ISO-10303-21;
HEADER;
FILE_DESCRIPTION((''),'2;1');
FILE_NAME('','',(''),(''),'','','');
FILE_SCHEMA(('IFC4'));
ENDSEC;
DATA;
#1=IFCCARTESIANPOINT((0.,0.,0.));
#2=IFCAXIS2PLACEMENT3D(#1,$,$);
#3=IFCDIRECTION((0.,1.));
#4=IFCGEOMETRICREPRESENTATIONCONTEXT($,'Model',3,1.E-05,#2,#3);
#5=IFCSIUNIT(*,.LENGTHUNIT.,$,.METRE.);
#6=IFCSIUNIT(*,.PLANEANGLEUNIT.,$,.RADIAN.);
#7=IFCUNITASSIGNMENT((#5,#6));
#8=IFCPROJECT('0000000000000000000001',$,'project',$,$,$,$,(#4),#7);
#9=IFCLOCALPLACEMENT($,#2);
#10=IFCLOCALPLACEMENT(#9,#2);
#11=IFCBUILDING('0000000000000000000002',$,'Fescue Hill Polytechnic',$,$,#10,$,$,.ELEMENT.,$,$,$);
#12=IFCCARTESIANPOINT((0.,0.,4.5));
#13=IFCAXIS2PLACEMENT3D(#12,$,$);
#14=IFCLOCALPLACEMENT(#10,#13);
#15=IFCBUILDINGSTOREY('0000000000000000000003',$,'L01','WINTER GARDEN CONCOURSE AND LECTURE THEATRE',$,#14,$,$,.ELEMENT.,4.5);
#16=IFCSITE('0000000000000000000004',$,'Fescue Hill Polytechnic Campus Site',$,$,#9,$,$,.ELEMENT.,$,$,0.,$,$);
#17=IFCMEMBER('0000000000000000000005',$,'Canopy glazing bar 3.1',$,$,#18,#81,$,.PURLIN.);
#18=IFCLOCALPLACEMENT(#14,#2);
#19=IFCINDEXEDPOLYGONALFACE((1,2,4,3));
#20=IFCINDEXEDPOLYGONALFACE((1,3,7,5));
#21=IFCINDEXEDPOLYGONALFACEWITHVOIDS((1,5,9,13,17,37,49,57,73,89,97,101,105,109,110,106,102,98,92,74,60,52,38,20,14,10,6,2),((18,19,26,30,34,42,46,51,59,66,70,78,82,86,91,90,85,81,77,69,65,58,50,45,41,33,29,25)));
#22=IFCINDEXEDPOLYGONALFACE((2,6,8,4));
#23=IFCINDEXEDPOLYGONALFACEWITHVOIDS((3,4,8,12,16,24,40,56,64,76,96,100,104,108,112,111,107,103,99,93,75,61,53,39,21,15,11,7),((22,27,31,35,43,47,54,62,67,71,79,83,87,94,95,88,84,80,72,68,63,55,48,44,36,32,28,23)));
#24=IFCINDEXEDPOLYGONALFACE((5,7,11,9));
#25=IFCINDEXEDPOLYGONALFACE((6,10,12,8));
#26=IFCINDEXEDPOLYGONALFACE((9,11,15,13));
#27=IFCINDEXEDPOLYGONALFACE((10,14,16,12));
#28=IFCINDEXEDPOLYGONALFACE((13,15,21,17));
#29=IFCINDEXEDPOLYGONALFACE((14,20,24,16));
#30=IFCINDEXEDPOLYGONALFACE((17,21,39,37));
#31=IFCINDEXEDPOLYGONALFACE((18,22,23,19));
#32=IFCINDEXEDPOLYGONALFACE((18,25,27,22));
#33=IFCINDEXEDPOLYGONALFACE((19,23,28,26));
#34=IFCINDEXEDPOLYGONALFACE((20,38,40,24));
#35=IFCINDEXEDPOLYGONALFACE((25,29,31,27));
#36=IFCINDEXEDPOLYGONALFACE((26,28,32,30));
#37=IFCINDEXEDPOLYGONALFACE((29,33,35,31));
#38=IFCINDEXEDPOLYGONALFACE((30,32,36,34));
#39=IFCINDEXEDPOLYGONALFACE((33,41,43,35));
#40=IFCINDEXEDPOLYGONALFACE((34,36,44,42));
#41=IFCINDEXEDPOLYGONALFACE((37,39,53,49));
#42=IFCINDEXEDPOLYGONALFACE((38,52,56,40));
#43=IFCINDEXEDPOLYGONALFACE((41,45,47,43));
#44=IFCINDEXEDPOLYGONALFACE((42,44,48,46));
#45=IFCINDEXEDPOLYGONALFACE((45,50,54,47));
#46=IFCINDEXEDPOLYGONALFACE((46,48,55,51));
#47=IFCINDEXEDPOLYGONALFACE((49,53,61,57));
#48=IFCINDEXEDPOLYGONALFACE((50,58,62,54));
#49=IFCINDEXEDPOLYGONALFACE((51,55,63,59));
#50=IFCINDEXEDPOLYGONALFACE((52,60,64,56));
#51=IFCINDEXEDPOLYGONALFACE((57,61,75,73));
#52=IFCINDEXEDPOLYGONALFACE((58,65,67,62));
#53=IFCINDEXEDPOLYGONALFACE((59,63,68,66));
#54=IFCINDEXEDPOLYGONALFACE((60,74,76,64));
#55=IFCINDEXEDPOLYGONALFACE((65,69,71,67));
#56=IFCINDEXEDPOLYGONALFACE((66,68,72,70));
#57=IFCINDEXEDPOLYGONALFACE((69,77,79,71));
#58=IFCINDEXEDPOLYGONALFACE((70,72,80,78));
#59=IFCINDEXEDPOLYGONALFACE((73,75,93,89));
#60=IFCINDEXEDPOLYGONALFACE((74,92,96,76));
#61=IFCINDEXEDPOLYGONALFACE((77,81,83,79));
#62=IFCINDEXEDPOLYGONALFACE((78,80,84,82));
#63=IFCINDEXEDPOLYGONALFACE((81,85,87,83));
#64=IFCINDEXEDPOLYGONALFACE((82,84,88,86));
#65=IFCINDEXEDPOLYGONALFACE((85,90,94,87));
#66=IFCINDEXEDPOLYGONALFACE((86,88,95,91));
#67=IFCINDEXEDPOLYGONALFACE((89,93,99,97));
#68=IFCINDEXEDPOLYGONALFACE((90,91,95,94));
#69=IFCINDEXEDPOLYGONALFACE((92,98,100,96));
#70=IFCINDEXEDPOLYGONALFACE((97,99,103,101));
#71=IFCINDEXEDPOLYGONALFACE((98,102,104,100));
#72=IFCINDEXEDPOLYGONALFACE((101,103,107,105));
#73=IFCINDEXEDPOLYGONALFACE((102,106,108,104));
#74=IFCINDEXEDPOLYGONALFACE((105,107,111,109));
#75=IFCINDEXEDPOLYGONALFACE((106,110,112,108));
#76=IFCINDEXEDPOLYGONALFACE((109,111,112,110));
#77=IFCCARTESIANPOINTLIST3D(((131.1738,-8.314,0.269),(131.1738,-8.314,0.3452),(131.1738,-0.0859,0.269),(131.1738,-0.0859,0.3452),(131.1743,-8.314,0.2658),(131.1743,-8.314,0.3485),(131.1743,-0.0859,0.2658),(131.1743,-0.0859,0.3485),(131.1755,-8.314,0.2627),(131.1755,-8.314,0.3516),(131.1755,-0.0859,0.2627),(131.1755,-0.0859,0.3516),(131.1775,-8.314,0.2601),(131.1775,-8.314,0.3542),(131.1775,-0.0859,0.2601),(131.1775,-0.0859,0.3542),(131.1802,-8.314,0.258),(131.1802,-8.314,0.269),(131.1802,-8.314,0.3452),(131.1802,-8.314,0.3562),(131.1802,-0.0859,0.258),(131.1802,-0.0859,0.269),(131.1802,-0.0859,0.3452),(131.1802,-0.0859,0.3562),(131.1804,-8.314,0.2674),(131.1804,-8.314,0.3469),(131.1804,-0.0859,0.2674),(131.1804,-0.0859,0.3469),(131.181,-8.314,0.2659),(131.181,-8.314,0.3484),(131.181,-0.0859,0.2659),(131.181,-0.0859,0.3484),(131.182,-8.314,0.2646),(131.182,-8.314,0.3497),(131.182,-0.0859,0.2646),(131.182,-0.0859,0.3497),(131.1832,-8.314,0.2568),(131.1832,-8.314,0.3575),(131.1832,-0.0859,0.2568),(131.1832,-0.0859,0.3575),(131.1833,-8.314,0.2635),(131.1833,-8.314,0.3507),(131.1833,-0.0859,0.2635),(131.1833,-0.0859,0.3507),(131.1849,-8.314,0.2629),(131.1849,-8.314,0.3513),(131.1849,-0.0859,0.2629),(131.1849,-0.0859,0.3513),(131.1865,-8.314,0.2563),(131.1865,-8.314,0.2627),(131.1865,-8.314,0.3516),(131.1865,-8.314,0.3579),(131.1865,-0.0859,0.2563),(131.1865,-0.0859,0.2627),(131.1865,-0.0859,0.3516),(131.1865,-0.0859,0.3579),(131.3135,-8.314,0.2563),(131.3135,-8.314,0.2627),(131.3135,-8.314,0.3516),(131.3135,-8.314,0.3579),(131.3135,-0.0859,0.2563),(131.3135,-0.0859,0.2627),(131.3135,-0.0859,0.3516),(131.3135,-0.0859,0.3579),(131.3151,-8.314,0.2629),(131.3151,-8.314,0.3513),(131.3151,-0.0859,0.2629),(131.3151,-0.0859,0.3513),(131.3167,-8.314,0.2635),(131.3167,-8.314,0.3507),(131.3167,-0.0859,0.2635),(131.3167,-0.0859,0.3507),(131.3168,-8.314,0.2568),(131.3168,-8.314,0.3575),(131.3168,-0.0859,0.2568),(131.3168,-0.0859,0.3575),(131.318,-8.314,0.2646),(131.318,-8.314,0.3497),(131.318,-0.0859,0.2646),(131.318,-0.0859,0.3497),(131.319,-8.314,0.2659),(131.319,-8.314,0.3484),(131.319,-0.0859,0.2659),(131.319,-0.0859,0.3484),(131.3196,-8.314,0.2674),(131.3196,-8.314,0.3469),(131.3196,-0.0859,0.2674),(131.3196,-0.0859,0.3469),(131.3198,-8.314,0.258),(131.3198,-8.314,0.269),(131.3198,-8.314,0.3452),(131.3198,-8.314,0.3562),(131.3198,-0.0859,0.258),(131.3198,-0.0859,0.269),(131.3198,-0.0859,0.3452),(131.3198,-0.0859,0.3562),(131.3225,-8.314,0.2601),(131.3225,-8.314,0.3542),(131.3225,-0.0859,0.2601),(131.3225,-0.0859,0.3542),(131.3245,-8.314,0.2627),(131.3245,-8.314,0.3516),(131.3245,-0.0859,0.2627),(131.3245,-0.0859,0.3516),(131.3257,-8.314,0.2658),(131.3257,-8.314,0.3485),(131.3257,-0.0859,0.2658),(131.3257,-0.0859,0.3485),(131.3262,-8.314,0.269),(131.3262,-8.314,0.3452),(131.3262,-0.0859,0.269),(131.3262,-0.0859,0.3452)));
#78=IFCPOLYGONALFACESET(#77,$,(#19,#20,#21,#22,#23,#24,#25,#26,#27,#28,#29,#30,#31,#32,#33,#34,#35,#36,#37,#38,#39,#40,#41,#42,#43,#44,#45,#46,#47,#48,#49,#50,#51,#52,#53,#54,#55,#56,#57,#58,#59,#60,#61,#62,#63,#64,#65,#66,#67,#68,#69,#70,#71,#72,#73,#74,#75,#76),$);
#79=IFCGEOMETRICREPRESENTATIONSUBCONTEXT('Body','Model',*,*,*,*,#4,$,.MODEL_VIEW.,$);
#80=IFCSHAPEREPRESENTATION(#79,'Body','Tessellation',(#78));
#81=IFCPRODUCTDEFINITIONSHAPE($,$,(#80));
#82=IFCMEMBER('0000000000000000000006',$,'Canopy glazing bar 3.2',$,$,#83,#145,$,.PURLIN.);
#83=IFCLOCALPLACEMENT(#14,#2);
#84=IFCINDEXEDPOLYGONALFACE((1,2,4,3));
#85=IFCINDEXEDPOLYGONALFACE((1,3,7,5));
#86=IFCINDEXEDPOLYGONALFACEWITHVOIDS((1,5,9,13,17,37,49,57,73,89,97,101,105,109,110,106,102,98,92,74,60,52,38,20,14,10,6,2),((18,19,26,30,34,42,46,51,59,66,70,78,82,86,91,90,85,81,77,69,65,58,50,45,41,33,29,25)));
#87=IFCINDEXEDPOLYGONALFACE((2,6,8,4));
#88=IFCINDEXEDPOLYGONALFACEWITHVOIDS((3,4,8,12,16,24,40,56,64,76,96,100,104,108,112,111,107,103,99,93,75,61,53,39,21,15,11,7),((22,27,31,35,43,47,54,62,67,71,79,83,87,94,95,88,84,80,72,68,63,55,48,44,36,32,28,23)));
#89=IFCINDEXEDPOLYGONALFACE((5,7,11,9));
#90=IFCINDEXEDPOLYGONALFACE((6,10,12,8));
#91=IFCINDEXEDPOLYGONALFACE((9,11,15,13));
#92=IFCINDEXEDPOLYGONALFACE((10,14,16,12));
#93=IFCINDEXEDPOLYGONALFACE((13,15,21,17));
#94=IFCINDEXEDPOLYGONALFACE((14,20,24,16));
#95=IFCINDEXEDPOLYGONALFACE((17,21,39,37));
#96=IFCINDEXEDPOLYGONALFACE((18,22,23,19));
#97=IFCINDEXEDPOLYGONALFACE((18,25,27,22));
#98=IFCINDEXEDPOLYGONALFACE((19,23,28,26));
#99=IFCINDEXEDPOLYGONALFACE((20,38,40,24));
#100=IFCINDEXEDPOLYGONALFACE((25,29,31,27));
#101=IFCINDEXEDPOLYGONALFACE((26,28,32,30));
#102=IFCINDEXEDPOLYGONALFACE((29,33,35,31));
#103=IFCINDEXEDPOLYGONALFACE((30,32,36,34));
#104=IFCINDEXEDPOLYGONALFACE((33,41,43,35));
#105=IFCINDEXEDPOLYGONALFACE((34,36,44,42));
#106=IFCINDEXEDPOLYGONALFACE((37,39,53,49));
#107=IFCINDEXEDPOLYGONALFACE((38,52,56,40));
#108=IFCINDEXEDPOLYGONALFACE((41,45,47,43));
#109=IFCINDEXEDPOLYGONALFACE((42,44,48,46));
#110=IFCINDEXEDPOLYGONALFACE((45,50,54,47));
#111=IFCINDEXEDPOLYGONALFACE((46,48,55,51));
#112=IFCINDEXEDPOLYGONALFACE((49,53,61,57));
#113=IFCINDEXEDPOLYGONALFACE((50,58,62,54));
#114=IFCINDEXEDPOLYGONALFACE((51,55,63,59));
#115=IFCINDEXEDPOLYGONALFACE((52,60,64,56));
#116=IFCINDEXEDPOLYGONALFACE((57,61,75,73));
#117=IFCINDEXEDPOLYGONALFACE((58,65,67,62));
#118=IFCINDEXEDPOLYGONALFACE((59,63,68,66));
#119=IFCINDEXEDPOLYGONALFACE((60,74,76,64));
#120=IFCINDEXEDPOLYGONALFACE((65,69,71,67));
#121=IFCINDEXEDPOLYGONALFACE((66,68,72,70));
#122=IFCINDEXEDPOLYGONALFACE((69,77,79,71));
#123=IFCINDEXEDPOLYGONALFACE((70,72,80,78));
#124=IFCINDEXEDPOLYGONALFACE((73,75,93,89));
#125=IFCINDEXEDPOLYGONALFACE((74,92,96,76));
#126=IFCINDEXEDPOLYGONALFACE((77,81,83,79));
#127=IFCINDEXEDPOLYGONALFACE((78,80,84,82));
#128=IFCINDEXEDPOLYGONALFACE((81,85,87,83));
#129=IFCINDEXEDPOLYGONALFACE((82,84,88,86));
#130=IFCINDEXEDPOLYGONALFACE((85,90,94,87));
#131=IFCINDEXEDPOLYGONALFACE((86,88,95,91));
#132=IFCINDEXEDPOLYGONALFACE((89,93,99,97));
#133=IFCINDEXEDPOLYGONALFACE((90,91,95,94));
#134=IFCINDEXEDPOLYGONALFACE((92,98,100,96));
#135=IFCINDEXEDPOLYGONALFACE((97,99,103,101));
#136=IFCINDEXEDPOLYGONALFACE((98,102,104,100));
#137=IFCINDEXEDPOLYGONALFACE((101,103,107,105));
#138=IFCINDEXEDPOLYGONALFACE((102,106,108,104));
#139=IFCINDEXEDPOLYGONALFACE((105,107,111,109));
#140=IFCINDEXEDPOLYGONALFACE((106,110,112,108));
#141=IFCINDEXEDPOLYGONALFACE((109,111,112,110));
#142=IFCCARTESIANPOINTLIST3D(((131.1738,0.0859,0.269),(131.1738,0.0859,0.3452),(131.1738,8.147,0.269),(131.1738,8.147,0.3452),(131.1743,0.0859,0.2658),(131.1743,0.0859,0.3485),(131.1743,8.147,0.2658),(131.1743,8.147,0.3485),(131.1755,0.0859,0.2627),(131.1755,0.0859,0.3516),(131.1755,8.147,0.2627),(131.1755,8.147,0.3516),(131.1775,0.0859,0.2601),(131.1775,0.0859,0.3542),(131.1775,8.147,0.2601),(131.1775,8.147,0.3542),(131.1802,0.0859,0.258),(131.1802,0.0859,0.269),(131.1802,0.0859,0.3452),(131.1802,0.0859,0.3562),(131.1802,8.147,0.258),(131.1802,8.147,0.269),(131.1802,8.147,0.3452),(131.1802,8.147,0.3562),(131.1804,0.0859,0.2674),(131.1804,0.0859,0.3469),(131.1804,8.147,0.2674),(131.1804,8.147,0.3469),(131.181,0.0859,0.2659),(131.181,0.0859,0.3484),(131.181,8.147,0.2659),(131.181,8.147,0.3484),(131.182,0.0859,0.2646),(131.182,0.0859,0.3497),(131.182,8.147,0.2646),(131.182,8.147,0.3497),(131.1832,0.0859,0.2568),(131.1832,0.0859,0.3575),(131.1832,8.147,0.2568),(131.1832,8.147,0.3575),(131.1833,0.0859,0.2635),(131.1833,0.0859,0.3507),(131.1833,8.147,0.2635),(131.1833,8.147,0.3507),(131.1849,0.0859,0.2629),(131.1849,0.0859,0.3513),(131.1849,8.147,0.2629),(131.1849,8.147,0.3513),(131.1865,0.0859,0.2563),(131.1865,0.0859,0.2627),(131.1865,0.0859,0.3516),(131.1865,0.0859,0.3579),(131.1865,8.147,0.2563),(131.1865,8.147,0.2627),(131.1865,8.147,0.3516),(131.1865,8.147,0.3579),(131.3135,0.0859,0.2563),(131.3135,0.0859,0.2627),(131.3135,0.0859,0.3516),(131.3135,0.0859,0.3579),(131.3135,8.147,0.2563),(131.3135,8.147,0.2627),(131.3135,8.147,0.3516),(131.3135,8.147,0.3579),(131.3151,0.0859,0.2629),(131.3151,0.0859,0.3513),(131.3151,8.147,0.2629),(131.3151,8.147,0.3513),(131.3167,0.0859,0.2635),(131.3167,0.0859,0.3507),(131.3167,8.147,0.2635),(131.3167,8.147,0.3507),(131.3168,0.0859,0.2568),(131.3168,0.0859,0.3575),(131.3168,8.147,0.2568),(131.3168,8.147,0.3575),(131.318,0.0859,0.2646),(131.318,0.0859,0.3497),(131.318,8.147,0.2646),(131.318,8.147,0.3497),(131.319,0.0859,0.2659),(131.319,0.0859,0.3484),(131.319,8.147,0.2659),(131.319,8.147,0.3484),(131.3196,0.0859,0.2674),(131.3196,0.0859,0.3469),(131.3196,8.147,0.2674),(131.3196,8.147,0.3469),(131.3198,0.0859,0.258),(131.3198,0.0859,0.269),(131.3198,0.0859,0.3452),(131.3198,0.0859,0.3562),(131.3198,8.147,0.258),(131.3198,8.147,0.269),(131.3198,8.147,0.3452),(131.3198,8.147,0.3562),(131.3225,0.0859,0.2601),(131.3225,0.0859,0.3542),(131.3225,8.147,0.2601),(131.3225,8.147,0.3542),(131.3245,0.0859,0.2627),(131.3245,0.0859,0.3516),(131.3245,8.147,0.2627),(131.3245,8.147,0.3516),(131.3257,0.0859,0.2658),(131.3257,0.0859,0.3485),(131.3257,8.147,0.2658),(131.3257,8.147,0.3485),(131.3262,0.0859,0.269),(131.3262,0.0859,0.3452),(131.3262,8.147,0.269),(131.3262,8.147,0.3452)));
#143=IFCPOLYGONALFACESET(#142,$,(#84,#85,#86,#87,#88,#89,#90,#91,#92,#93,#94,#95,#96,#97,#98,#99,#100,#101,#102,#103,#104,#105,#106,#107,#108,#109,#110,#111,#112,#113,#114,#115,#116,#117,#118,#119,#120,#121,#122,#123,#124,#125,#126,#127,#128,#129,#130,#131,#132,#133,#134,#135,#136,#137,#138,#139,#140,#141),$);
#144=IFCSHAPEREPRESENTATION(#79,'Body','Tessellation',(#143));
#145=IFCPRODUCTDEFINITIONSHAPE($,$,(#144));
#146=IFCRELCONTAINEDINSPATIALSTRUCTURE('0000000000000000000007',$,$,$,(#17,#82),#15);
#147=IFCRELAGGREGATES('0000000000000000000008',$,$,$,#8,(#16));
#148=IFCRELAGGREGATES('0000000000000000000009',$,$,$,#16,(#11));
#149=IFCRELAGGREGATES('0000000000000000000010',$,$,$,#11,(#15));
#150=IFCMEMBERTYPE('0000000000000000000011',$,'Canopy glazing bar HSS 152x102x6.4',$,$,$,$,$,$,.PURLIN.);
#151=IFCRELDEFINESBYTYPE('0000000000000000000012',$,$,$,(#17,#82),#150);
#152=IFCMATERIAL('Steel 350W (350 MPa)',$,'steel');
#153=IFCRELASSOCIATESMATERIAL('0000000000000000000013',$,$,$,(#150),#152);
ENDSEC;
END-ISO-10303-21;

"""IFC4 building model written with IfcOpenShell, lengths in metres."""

from ifc_helpers import new_model, si_unit, direction, frame, origin, origin_2d, place, context, subcontext, project, spatial, hollow_rectangle, extrude, material, material_profile, profile_set, type_object, element, save


model = new_model("IFC4")

# Units and contexts
model_context = context("Model", 3, precision=1e-05, world=origin(), true_north=direction((0.0, 1.0)))
body_context = subcontext(model_context, "Body", "Model", "MODEL_VIEW")
ifc_project = project(units=[si_unit("LENGTHUNIT", "METRE"), si_unit("PLANEANGLEUNIT", "RADIAN")], contexts=[model_context])

# Site, building, storey
site_placement = place(None, origin())
site = spatial("IfcSite", under=ifc_project, at=site_placement, Name="Fescue Hill Polytechnic Campus Site", CompositionType="ELEMENT", RefElevation=0.0)
building_placement = place(site_placement, origin())
building = spatial("IfcBuilding", under=site, at=building_placement, Name="Fescue Hill Polytechnic", CompositionType="ELEMENT")
storey_placement = place(building_placement, frame((0.0, 0.0, 4.5)))
storey = spatial("IfcBuildingStorey", under=building, at=storey_placement, Name="L01", Description="WINTER GARDEN CONCOURSE AND LECTURE THEATRE", CompositionType="ELEMENT", Elevation=4.5)

# Members
ifc_material_1 = material(Name="Steel 350W (350 MPa)", Category="steel")
ifc_material_profile_1 = material_profile(ifc_material_1, hollow_rectangle(XDim=0.1016, YDim=0.1523, WallThickness=0.0063, InnerFilletRadius=0.0063, OuterFilletRadius=0.0127, at=origin_2d()), Name="Canopy glazing bar HSS 152x102x6.4")
ifc_profile_set_1 = profile_set([ifc_material_profile_1], Name="Steel 350W (350 MPa)")
member_type_1 = type_object("IfcMemberType", Name="Canopy glazing bar HSS 152x102x6.4", PredefinedType="PURLIN", material=ifc_profile_set_1)
member_1_placement = place(storey_placement, frame((131.25, -8.314, 0.3071), z_axis=(0.0, 1.0, 0.0), x_axis=(0.0, 0.0, 1.0)))
element("IfcMember", 1, at=member_1_placement, inside=storey, type_object=member_type_1, Name="Canopy glazing bar 3.1", PredefinedType="PURLIN", context=body_context, shape_type="SweptSolid", body=[
    extrude(hollow_rectangle(XDim=0.1016, YDim=0.1523, WallThickness=0.0063, InnerFilletRadius=0.0063, OuterFilletRadius=0.0127, at=origin_2d()), origin(), (0.0, 0.0, 1.0), 8.228),
])
member_2_placement = place(storey_placement, frame((131.25, 0.0859, 0.3071), z_axis=(0.0, 1.0, 0.0), x_axis=(0.0, 0.0, 1.0)))
element("IfcMember", 2, at=member_2_placement, inside=storey, type_object=member_type_1, Name="Canopy glazing bar 3.2", PredefinedType="PURLIN", context=body_context, shape_type="SweptSolid", body=[
    extrude(hollow_rectangle(XDim=0.1016, YDim=0.1523, WallThickness=0.0063, InnerFilletRadius=0.0063, OuterFilletRadius=0.0127, at=origin_2d()), origin(), (0.0, 0.0, 1.0), 8.061),
])

save(model, "model.ifc")
